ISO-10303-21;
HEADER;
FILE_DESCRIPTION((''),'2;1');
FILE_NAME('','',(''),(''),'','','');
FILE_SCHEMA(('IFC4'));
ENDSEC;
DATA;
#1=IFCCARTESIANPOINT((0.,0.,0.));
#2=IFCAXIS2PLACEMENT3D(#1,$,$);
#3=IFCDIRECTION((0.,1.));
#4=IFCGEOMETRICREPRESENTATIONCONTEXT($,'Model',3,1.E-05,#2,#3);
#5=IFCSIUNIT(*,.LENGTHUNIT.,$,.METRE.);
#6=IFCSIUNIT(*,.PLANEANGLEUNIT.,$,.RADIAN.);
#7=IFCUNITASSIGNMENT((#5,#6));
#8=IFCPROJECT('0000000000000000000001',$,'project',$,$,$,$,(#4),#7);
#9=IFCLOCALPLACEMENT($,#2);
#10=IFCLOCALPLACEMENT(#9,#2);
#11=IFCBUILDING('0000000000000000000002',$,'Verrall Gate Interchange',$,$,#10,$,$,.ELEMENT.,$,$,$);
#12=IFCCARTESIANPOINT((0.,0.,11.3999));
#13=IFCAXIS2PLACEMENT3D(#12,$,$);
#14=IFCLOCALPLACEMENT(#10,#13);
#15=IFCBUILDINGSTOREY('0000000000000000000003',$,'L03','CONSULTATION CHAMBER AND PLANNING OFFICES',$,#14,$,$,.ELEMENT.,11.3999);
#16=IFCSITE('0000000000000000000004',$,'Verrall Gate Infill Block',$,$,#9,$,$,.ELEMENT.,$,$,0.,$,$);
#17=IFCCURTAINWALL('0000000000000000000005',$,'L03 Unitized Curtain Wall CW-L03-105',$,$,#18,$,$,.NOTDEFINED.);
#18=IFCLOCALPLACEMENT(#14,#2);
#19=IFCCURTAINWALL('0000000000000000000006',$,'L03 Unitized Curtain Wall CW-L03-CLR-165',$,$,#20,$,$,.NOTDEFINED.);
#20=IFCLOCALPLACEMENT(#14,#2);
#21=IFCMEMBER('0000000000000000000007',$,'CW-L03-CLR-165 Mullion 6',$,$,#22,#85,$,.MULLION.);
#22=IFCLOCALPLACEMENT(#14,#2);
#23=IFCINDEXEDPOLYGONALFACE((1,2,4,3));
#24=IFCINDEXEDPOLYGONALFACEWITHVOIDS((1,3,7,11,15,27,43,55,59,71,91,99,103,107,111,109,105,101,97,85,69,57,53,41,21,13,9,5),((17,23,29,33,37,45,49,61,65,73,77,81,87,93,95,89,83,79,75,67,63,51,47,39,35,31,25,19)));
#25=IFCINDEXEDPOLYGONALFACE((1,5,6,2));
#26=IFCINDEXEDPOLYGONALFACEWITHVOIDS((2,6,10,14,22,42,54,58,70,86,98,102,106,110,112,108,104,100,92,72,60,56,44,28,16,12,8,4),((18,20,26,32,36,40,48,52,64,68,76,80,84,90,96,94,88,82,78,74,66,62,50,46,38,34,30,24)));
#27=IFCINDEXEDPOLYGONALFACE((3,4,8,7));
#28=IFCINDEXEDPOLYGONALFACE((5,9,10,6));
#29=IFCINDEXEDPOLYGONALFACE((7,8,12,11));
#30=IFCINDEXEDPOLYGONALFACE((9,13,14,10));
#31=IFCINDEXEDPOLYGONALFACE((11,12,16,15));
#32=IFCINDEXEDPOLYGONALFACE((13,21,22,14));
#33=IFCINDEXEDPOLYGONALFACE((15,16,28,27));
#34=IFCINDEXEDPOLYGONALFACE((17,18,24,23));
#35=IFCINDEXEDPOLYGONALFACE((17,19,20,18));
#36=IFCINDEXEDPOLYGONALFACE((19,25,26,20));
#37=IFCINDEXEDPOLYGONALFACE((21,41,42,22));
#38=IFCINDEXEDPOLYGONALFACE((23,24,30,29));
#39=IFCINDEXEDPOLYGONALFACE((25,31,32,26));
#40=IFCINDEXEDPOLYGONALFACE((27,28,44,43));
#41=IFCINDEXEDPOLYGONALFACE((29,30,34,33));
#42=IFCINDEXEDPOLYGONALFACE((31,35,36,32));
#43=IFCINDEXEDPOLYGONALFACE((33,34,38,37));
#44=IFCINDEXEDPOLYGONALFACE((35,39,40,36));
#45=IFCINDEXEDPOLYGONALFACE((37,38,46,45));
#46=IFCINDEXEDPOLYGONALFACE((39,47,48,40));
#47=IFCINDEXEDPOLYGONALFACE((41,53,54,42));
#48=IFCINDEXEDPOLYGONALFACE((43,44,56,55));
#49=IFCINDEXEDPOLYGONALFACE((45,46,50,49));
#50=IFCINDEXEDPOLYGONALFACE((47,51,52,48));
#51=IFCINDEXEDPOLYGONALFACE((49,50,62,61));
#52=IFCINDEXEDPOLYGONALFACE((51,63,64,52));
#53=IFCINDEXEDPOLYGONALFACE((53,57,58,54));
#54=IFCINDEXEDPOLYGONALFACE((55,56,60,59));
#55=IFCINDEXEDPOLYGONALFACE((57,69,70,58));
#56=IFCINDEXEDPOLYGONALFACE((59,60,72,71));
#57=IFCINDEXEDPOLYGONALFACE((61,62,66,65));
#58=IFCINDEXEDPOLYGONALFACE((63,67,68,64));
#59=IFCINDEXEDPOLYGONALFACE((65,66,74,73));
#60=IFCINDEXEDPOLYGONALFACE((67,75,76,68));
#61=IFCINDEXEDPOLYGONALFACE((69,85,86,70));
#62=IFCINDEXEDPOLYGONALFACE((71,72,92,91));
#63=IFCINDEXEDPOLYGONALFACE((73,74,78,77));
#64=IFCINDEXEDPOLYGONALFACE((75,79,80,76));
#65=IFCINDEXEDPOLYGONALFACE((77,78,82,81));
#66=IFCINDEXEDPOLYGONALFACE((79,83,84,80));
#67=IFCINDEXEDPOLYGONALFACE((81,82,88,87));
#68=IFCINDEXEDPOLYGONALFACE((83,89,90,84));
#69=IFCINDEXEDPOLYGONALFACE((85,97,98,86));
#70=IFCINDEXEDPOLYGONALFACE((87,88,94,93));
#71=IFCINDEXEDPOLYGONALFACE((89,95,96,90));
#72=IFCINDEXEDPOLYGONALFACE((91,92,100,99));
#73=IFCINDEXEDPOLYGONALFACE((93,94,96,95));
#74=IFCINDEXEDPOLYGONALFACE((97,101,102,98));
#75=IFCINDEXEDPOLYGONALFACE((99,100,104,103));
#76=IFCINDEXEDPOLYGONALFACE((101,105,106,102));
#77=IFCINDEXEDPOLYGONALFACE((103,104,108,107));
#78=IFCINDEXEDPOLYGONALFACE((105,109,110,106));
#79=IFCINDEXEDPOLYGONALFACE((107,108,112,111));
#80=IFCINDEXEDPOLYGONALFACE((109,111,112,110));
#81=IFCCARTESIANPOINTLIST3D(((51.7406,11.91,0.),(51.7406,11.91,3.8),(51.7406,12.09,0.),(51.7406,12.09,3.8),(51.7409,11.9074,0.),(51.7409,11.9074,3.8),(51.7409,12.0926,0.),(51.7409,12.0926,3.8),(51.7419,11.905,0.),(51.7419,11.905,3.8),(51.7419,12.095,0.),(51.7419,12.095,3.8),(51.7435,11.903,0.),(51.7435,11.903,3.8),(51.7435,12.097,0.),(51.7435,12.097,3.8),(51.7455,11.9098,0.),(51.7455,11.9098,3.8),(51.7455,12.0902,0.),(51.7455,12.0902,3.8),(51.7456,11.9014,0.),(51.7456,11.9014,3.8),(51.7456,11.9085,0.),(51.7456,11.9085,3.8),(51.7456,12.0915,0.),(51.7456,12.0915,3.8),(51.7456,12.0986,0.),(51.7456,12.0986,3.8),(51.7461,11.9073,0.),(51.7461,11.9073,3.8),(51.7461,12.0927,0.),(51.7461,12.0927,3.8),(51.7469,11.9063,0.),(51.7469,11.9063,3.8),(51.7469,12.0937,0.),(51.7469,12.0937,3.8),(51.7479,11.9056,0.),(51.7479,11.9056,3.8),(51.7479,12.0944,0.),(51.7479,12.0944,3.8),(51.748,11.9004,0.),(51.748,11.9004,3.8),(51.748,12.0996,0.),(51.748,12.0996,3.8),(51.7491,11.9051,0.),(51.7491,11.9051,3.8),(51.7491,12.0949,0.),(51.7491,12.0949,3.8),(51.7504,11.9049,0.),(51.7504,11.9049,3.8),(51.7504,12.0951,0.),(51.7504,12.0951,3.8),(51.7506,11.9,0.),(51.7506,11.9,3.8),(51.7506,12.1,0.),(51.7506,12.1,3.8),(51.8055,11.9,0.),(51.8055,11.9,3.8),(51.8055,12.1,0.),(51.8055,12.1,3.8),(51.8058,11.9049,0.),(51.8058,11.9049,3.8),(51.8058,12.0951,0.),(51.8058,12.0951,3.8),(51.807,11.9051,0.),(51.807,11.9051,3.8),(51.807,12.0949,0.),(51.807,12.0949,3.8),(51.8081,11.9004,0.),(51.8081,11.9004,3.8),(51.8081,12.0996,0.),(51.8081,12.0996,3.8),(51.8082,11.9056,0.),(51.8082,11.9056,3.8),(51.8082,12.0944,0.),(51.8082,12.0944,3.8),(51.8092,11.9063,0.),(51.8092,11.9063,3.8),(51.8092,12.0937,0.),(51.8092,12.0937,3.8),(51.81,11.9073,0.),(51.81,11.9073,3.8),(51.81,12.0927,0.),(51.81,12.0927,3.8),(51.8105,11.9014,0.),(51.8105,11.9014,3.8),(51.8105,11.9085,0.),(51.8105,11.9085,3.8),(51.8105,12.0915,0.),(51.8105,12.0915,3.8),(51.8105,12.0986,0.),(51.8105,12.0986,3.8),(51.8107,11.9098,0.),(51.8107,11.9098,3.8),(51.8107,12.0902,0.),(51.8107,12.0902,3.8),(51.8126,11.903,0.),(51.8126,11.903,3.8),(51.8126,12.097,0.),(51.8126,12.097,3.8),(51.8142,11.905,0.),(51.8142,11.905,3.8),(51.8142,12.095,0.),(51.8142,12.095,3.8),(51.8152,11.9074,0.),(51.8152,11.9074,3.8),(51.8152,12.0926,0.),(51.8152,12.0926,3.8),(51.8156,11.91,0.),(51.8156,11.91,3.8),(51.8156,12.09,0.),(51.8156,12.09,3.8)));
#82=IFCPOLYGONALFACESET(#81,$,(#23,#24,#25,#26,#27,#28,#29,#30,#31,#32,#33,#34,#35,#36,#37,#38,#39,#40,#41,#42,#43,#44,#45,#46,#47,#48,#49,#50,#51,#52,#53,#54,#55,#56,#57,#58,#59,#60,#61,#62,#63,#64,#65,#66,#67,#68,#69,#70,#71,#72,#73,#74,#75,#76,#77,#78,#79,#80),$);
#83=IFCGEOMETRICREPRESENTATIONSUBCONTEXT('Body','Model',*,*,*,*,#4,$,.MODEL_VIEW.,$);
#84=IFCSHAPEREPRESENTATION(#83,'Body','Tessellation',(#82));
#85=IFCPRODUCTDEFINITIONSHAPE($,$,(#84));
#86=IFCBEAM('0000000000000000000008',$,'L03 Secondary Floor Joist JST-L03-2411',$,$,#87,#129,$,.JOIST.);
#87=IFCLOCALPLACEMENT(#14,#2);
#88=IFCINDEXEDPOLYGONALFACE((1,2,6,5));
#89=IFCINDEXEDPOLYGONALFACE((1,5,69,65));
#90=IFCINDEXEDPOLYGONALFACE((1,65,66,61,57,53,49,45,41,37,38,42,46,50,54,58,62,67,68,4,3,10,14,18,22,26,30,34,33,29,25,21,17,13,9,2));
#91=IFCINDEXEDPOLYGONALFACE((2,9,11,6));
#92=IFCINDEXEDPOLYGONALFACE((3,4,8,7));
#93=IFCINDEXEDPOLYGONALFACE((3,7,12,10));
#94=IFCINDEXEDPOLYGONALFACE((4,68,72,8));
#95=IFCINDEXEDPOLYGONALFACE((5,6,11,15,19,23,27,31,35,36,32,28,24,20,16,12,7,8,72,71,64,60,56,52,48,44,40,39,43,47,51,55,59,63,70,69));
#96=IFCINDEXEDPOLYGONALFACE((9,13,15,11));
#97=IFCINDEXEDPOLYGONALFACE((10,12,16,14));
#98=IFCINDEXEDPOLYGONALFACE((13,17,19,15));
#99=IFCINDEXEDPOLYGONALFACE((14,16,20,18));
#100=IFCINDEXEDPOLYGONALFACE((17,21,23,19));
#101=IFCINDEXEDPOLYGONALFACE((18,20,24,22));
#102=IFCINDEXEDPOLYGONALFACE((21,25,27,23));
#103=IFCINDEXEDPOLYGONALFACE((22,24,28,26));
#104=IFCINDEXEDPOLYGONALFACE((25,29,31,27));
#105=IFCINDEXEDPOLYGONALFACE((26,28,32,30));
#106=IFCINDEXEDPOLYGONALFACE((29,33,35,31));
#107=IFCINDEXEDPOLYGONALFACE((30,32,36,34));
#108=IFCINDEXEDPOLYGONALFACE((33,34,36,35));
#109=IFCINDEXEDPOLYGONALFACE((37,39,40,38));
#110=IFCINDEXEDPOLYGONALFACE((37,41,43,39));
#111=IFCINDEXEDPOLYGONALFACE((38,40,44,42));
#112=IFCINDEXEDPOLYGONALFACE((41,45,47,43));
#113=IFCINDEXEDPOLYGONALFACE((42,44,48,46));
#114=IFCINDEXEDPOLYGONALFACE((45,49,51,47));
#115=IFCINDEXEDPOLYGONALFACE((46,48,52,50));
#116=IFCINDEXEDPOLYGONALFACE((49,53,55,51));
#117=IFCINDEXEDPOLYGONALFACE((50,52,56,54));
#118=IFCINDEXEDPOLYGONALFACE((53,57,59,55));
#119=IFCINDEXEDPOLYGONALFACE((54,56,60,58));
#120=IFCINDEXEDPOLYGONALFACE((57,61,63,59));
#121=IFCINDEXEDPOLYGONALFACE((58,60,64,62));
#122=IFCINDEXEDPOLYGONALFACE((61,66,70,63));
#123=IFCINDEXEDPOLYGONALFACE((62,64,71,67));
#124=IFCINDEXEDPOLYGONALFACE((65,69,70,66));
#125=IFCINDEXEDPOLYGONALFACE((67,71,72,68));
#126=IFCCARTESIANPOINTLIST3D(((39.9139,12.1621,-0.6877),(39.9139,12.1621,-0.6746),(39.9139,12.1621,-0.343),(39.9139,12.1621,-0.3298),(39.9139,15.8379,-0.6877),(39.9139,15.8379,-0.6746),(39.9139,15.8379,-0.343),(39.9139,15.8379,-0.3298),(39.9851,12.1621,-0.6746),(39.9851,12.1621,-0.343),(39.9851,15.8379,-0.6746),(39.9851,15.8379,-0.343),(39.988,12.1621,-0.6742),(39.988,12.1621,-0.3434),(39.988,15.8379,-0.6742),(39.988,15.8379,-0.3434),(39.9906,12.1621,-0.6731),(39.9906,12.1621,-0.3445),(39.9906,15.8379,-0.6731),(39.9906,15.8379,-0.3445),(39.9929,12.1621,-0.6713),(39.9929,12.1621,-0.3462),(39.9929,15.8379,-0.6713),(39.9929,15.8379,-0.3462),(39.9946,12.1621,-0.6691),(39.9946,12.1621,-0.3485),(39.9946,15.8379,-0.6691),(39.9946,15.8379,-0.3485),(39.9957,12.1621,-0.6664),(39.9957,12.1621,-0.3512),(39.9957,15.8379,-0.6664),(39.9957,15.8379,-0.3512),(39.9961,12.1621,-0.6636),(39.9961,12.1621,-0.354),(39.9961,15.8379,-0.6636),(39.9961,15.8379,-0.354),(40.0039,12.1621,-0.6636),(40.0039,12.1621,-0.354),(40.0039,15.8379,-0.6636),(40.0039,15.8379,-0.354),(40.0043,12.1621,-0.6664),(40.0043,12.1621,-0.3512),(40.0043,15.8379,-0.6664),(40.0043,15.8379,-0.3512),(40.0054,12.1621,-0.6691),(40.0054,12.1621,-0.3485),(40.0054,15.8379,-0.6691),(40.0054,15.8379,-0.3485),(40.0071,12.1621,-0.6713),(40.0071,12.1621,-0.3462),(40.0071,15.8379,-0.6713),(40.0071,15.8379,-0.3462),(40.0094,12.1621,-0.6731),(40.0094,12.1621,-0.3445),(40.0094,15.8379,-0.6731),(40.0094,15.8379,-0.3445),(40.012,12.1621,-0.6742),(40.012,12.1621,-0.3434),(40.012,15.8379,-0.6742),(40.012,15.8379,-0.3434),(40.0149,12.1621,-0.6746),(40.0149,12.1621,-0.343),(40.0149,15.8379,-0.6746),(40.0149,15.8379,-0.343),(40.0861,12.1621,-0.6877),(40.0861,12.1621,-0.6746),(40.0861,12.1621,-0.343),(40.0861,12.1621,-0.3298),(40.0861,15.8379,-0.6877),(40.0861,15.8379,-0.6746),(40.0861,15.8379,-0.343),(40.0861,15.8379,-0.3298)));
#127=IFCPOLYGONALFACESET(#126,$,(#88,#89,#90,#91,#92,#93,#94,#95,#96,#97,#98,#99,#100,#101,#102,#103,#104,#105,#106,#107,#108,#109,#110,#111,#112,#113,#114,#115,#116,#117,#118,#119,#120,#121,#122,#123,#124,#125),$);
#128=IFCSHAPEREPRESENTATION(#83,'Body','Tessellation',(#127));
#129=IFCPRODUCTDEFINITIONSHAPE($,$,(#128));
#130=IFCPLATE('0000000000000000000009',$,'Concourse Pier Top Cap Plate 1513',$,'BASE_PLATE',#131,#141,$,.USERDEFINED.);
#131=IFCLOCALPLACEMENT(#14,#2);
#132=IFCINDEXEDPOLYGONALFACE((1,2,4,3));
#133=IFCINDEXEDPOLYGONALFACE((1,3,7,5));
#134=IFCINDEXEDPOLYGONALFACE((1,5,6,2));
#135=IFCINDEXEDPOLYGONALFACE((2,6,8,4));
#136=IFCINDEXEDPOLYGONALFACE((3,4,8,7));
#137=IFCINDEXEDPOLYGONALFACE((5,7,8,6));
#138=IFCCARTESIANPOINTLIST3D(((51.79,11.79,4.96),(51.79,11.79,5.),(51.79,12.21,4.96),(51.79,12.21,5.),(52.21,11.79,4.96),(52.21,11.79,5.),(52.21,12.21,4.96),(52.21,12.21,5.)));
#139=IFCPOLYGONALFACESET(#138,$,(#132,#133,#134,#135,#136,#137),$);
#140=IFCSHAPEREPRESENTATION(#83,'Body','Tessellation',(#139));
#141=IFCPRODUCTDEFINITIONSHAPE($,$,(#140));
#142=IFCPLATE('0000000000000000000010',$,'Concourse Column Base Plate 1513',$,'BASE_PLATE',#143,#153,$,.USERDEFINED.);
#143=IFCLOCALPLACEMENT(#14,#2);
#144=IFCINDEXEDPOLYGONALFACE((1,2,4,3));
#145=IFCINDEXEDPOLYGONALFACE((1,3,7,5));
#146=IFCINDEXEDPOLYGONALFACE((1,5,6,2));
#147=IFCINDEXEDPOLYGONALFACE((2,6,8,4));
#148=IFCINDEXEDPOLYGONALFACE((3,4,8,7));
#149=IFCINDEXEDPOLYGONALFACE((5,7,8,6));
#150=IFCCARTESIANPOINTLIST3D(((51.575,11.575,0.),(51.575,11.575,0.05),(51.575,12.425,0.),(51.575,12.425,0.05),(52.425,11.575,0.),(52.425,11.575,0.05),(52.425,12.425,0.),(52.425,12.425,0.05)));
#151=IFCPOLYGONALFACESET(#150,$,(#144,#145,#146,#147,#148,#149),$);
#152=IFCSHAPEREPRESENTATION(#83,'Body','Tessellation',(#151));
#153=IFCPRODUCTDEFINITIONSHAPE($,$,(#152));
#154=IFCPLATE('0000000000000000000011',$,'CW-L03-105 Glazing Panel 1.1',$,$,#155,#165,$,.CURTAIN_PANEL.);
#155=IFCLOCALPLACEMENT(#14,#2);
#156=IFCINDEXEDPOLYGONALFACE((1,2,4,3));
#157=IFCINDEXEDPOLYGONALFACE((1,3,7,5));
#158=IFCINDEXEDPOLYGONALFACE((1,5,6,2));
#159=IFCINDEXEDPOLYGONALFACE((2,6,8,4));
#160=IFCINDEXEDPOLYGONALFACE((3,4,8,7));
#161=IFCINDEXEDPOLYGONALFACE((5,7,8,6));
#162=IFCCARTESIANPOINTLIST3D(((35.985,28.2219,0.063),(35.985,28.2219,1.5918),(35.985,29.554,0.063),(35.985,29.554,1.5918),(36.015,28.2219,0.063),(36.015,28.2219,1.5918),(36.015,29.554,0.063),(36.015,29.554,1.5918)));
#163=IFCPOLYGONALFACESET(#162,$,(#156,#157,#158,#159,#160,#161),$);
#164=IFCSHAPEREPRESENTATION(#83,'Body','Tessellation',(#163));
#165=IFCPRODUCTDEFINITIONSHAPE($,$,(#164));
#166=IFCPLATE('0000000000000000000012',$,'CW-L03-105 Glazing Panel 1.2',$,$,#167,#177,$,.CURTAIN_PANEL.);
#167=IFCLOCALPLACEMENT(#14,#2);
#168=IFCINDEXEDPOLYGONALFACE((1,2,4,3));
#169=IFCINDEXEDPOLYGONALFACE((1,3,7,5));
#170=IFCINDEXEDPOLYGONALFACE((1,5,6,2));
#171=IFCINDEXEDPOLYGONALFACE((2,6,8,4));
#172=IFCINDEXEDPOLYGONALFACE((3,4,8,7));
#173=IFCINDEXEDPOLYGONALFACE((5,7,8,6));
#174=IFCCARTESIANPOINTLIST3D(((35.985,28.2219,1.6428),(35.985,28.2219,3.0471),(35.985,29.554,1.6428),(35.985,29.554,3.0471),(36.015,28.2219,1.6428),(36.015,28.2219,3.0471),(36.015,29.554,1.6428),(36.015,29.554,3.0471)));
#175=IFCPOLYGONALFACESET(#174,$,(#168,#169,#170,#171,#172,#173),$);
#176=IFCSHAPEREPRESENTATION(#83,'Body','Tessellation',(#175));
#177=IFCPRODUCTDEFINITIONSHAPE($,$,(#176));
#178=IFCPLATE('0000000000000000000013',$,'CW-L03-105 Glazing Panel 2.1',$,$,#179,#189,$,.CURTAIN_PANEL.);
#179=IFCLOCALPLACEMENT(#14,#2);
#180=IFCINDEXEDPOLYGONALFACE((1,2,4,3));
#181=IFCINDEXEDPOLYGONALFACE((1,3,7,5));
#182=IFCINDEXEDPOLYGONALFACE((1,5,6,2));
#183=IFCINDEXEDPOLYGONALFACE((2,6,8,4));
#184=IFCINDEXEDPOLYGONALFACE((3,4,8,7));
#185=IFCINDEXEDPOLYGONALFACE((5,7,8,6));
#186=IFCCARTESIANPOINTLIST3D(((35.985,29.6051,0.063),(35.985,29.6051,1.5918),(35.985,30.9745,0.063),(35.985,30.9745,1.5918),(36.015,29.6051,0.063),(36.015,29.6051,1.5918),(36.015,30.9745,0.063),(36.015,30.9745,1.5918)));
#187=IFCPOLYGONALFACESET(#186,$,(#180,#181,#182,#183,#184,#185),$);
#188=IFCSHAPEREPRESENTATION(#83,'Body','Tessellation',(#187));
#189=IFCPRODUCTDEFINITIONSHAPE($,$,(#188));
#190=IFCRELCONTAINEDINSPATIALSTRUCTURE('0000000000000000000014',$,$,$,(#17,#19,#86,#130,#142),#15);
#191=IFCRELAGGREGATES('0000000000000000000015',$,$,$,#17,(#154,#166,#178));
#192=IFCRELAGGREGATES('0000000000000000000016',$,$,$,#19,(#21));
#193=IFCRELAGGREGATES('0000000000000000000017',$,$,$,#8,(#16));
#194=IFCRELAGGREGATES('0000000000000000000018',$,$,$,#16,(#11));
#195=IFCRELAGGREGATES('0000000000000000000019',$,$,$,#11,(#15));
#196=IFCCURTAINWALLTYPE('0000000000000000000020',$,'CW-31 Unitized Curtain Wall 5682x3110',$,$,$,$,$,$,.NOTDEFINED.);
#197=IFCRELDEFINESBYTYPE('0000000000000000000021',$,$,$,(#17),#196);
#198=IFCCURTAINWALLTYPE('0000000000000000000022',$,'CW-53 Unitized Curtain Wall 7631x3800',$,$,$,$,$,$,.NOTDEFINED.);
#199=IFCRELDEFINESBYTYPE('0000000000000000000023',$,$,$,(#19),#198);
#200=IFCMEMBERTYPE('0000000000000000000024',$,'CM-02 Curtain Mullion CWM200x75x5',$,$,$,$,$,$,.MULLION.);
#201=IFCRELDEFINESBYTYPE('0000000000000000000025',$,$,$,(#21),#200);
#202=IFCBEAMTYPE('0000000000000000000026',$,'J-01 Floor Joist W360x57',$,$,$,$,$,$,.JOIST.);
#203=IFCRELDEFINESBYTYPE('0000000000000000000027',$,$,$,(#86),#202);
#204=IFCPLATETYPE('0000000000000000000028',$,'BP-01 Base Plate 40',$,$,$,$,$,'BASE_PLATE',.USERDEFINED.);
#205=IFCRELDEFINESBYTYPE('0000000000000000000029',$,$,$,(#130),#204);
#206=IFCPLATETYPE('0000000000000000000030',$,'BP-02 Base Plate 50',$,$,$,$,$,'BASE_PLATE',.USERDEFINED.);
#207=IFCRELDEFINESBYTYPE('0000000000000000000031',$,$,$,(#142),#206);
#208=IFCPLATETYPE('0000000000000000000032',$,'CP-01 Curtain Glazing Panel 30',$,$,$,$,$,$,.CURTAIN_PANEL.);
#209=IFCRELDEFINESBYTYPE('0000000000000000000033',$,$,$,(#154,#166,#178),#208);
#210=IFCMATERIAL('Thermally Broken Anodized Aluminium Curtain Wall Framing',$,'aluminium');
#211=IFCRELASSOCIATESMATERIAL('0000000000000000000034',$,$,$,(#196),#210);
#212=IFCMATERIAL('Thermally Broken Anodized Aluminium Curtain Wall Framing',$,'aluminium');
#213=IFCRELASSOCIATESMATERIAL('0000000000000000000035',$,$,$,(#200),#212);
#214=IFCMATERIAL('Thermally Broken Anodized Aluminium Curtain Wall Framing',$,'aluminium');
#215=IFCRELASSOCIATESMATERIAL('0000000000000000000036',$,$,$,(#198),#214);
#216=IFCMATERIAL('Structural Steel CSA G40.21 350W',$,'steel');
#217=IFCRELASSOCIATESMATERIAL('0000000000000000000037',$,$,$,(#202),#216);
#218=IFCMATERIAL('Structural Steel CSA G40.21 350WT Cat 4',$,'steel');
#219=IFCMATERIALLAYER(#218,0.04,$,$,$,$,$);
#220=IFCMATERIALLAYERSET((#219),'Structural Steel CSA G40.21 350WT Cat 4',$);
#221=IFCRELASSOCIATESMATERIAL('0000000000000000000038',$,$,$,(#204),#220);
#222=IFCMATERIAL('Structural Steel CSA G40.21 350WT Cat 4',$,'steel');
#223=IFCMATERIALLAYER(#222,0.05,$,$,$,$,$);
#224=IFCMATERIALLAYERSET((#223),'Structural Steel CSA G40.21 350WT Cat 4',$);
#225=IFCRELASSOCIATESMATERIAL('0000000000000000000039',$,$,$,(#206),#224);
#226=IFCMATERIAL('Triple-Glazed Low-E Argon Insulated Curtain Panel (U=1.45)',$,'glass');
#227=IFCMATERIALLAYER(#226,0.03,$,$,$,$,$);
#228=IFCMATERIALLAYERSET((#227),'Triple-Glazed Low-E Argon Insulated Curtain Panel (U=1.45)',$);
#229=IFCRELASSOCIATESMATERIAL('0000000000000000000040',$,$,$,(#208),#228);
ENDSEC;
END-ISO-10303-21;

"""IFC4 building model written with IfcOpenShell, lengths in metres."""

from ifc_helpers import new_model, si_unit, direction, frame, origin, origin_2d, place, context, subcontext, project, spatial, rectangle, hollow_rectangle, i_section, extrude, material, layer, layer_set, material_profile, profile_set, type_object, element, aggregate, save


model = new_model("IFC4")

# Units and contexts
model_context = context("Model", 3, precision=1e-05, world=origin(), true_north=direction((0.0, 1.0)))
body_context = subcontext(model_context, "Body", "Model", "MODEL_VIEW")
ifc_project = project(units=[si_unit("LENGTHUNIT", "METRE"), si_unit("PLANEANGLEUNIT", "RADIAN")], contexts=[model_context])

# Site, building, storey
site_placement = place(None, origin())
site = spatial("IfcSite", under=ifc_project, at=site_placement, Name="Verrall Gate Infill Block", CompositionType="ELEMENT", RefElevation=0.0)
building_placement = place(site_placement, origin())
building = spatial("IfcBuilding", under=site, at=building_placement, Name="Verrall Gate Interchange", CompositionType="ELEMENT")
storey_placement = place(building_placement, frame((0.0, 0.0, 11.3999)))
storey = spatial("IfcBuildingStorey", under=building, at=storey_placement, Name="L03", Description="CONSULTATION CHAMBER AND PLANNING OFFICES", CompositionType="ELEMENT", Elevation=11.3999)

# Curtain walls, member
ifc_material_1 = material(Name="Thermally Broken Anodized Aluminium Curtain Wall Framing", Category="aluminium")
curtain_wall_type_1 = type_object("IfcCurtainWallType", Name="CW-31 Unitized Curtain Wall 5682x3110", PredefinedType="NOTDEFINED", material=ifc_material_1)
curtain_wall_1_placement = place(storey_placement, origin())
curtain_wall_1 = element("IfcCurtainWall", 1, at=curtain_wall_1_placement, inside=storey, type_object=curtain_wall_type_1, Name="L03 Unitized Curtain Wall CW-L03-105", PredefinedType="NOTDEFINED")
ifc_material_2 = material(Name="Thermally Broken Anodized Aluminium Curtain Wall Framing", Category="aluminium")
ifc_material_profile_1 = material_profile(ifc_material_2, hollow_rectangle(XDim=0.075, YDim=0.2, WallThickness=0.0049, InnerFilletRadius=0.0049, OuterFilletRadius=0.01, at=origin_2d()), Name="CWM200x75x5")
ifc_profile_set_1 = profile_set([ifc_material_profile_1], Name="Thermally Broken Anodized Aluminium Curtain Wall Framing")
member_type = type_object("IfcMemberType", Name="CM-02 Curtain Mullion CWM200x75x5", PredefinedType="MULLION", material=ifc_profile_set_1)
ifc_material_3 = material(Name="Thermally Broken Anodized Aluminium Curtain Wall Framing", Category="aluminium")
curtain_wall_type_2 = type_object("IfcCurtainWallType", Name="CW-53 Unitized Curtain Wall 7631x3800", PredefinedType="NOTDEFINED", material=ifc_material_3)
curtain_wall_2_placement = place(storey_placement, origin())
curtain_wall_2 = element("IfcCurtainWall", 2, at=curtain_wall_2_placement, inside=storey, type_object=curtain_wall_type_2, Name="L03 Unitized Curtain Wall CW-L03-CLR-165", PredefinedType="NOTDEFINED")
member_1_placement = place(storey_placement, frame((51.7781, 12.0, 0.0), z_axis=(0.0, 0.0, 1.0), x_axis=(1.0, 0.0, 0.0)))
member_1 = element("IfcMember", 3, at=member_1_placement, type_object=member_type, Name="CW-L03-CLR-165 Mullion 6", PredefinedType="MULLION", context=body_context, shape_type="SweptSolid", body=[
    extrude(hollow_rectangle(XDim=0.075, YDim=0.2, WallThickness=0.0049, InnerFilletRadius=0.0049, OuterFilletRadius=0.01, at=origin_2d()), origin(), (0.0, 0.0, 1.0), 3.8),
])

# Beam
ifc_material_4 = material(Name="Structural Steel CSA G40.21 350W", Category="steel")
ifc_material_profile_2 = material_profile(ifc_material_4, i_section(OverallWidth=0.1721, OverallDepth=0.3579, WebThickness=0.0078, FlangeThickness=0.0132, FilletRadius=0.011, at=origin_2d()), Name="W360x57")
ifc_profile_set_2 = profile_set([ifc_material_profile_2], Name="Structural Steel CSA G40.21 350W")
beam_type_1 = type_object("IfcBeamType", Name="J-01 Floor Joist W360x57", PredefinedType="JOIST", material=ifc_profile_set_2)
beam_1_placement = place(storey_placement, frame((40.0, 12.1621, -0.5088), z_axis=(0.0, 1.0, 0.0), x_axis=(-1.0, 0.0, 0.0)))
element("IfcBeam", 4, at=beam_1_placement, inside=storey, type_object=beam_type_1, Name="L03 Secondary Floor Joist JST-L03-2411", PredefinedType="JOIST", context=body_context, shape_type="SweptSolid", body=[
    extrude(i_section(OverallWidth=0.1721, OverallDepth=0.3579, WebThickness=0.0078, FlangeThickness=0.0132, FilletRadius=0.011, at=origin_2d()), origin(), (0.0, 0.0, 1.0), 3.6758),
])

# Plates
ifc_material_5 = material(Name="Structural Steel CSA G40.21 350WT Cat 4", Category="steel")
ifc_layer_1 = layer(ifc_material_5, 0.04)
ifc_layer_set_1 = layer_set([ifc_layer_1], Name="Structural Steel CSA G40.21 350WT Cat 4")
plate_type_1 = type_object("IfcPlateType", Name="BP-01 Base Plate 40", ElementType="BASE_PLATE", PredefinedType="USERDEFINED", material=ifc_layer_set_1)
plate_1_placement = place(storey_placement, frame((52.0, 12.0, 4.96), z_axis=(0.0, 0.0, 1.0), x_axis=(1.0, 0.0, 0.0)))
element("IfcPlate", 5, at=plate_1_placement, inside=storey, type_object=plate_type_1, Name="Concourse Pier Top Cap Plate 1513", ObjectType="BASE_PLATE", PredefinedType="USERDEFINED", context=body_context, shape_type="SweptSolid", body=[
    extrude(rectangle(XDim=0.4199, YDim=0.4199, at=origin_2d()), origin(), (0.0, 0.0, 1.0), 0.04),
])
ifc_material_6 = material(Name="Structural Steel CSA G40.21 350WT Cat 4", Category="steel")
ifc_layer_2 = layer(ifc_material_6, 0.05)
ifc_layer_set_2 = layer_set([ifc_layer_2], Name="Structural Steel CSA G40.21 350WT Cat 4")
plate_type_2 = type_object("IfcPlateType", Name="BP-02 Base Plate 50", ElementType="BASE_PLATE", PredefinedType="USERDEFINED", material=ifc_layer_set_2)
plate_2_placement = place(storey_placement, frame((52.0, 12.0, 0.0), z_axis=(0.0, 0.0, 1.0), x_axis=(1.0, 0.0, 0.0)))
element("IfcPlate", 6, at=plate_2_placement, inside=storey, type_object=plate_type_2, Name="Concourse Column Base Plate 1513", ObjectType="BASE_PLATE", PredefinedType="USERDEFINED", context=body_context, shape_type="SweptSolid", body=[
    extrude(rectangle(XDim=0.8501, YDim=0.8501, at=origin_2d()), origin(), (0.0, 0.0, 1.0), 0.05),
])

# Plates
ifc_material_7 = material(Name="Triple-Glazed Low-E Argon Insulated Curtain Panel (U=1.45)", Category="glass")
ifc_layer_3 = layer(ifc_material_7, 0.03)
ifc_layer_set_3 = layer_set([ifc_layer_3], Name="Triple-Glazed Low-E Argon Insulated Curtain Panel (U=1.45)")
plate_type_3 = type_object("IfcPlateType", Name="CP-01 Curtain Glazing Panel 30", PredefinedType="CURTAIN_PANEL", material=ifc_layer_set_3)
plate_3_placement = place(storey_placement, frame((36.0, 28.8879, 0.063), z_axis=(0.0, 0.0, 1.0), x_axis=(0.0, 1.0, 0.0)))
plate_3 = element("IfcPlate", 7, at=plate_3_placement, type_object=plate_type_3, Name="CW-L03-105 Glazing Panel 1.1", PredefinedType="CURTAIN_PANEL", context=body_context, shape_type="SweptSolid", body=[
    extrude(rectangle(XDim=1.332, YDim=0.03, at=origin_2d()), origin(), (0.0, 0.0, 1.0), 1.5288),
])
plate_4_placement = place(storey_placement, frame((36.0, 28.8879, 1.6428), z_axis=(0.0, 0.0, 1.0), x_axis=(0.0, 1.0, 0.0)))
plate_4 = element("IfcPlate", 8, at=plate_4_placement, type_object=plate_type_3, Name="CW-L03-105 Glazing Panel 1.2", PredefinedType="CURTAIN_PANEL", context=body_context, shape_type="SweptSolid", body=[
    extrude(rectangle(XDim=1.332, YDim=0.03, at=origin_2d()), origin(), (0.0, 0.0, 1.0), 1.4043),
])
plate_5_placement = place(storey_placement, frame((36.0, 30.2898, 0.063), z_axis=(0.0, 0.0, 1.0), x_axis=(0.0, 1.0, 0.0)))
plate_5 = element("IfcPlate", 9, at=plate_5_placement, type_object=plate_type_3, Name="CW-L03-105 Glazing Panel 2.1", PredefinedType="CURTAIN_PANEL", context=body_context, shape_type="SweptSolid", body=[
    extrude(rectangle(XDim=1.3694, YDim=0.03, at=origin_2d()), origin(), (0.0, 0.0, 1.0), 1.5288),
])
aggregate(curtain_wall_1, [plate_3, plate_4, plate_5])
aggregate(curtain_wall_2, [member_1])

save(model, "model.ifc")
